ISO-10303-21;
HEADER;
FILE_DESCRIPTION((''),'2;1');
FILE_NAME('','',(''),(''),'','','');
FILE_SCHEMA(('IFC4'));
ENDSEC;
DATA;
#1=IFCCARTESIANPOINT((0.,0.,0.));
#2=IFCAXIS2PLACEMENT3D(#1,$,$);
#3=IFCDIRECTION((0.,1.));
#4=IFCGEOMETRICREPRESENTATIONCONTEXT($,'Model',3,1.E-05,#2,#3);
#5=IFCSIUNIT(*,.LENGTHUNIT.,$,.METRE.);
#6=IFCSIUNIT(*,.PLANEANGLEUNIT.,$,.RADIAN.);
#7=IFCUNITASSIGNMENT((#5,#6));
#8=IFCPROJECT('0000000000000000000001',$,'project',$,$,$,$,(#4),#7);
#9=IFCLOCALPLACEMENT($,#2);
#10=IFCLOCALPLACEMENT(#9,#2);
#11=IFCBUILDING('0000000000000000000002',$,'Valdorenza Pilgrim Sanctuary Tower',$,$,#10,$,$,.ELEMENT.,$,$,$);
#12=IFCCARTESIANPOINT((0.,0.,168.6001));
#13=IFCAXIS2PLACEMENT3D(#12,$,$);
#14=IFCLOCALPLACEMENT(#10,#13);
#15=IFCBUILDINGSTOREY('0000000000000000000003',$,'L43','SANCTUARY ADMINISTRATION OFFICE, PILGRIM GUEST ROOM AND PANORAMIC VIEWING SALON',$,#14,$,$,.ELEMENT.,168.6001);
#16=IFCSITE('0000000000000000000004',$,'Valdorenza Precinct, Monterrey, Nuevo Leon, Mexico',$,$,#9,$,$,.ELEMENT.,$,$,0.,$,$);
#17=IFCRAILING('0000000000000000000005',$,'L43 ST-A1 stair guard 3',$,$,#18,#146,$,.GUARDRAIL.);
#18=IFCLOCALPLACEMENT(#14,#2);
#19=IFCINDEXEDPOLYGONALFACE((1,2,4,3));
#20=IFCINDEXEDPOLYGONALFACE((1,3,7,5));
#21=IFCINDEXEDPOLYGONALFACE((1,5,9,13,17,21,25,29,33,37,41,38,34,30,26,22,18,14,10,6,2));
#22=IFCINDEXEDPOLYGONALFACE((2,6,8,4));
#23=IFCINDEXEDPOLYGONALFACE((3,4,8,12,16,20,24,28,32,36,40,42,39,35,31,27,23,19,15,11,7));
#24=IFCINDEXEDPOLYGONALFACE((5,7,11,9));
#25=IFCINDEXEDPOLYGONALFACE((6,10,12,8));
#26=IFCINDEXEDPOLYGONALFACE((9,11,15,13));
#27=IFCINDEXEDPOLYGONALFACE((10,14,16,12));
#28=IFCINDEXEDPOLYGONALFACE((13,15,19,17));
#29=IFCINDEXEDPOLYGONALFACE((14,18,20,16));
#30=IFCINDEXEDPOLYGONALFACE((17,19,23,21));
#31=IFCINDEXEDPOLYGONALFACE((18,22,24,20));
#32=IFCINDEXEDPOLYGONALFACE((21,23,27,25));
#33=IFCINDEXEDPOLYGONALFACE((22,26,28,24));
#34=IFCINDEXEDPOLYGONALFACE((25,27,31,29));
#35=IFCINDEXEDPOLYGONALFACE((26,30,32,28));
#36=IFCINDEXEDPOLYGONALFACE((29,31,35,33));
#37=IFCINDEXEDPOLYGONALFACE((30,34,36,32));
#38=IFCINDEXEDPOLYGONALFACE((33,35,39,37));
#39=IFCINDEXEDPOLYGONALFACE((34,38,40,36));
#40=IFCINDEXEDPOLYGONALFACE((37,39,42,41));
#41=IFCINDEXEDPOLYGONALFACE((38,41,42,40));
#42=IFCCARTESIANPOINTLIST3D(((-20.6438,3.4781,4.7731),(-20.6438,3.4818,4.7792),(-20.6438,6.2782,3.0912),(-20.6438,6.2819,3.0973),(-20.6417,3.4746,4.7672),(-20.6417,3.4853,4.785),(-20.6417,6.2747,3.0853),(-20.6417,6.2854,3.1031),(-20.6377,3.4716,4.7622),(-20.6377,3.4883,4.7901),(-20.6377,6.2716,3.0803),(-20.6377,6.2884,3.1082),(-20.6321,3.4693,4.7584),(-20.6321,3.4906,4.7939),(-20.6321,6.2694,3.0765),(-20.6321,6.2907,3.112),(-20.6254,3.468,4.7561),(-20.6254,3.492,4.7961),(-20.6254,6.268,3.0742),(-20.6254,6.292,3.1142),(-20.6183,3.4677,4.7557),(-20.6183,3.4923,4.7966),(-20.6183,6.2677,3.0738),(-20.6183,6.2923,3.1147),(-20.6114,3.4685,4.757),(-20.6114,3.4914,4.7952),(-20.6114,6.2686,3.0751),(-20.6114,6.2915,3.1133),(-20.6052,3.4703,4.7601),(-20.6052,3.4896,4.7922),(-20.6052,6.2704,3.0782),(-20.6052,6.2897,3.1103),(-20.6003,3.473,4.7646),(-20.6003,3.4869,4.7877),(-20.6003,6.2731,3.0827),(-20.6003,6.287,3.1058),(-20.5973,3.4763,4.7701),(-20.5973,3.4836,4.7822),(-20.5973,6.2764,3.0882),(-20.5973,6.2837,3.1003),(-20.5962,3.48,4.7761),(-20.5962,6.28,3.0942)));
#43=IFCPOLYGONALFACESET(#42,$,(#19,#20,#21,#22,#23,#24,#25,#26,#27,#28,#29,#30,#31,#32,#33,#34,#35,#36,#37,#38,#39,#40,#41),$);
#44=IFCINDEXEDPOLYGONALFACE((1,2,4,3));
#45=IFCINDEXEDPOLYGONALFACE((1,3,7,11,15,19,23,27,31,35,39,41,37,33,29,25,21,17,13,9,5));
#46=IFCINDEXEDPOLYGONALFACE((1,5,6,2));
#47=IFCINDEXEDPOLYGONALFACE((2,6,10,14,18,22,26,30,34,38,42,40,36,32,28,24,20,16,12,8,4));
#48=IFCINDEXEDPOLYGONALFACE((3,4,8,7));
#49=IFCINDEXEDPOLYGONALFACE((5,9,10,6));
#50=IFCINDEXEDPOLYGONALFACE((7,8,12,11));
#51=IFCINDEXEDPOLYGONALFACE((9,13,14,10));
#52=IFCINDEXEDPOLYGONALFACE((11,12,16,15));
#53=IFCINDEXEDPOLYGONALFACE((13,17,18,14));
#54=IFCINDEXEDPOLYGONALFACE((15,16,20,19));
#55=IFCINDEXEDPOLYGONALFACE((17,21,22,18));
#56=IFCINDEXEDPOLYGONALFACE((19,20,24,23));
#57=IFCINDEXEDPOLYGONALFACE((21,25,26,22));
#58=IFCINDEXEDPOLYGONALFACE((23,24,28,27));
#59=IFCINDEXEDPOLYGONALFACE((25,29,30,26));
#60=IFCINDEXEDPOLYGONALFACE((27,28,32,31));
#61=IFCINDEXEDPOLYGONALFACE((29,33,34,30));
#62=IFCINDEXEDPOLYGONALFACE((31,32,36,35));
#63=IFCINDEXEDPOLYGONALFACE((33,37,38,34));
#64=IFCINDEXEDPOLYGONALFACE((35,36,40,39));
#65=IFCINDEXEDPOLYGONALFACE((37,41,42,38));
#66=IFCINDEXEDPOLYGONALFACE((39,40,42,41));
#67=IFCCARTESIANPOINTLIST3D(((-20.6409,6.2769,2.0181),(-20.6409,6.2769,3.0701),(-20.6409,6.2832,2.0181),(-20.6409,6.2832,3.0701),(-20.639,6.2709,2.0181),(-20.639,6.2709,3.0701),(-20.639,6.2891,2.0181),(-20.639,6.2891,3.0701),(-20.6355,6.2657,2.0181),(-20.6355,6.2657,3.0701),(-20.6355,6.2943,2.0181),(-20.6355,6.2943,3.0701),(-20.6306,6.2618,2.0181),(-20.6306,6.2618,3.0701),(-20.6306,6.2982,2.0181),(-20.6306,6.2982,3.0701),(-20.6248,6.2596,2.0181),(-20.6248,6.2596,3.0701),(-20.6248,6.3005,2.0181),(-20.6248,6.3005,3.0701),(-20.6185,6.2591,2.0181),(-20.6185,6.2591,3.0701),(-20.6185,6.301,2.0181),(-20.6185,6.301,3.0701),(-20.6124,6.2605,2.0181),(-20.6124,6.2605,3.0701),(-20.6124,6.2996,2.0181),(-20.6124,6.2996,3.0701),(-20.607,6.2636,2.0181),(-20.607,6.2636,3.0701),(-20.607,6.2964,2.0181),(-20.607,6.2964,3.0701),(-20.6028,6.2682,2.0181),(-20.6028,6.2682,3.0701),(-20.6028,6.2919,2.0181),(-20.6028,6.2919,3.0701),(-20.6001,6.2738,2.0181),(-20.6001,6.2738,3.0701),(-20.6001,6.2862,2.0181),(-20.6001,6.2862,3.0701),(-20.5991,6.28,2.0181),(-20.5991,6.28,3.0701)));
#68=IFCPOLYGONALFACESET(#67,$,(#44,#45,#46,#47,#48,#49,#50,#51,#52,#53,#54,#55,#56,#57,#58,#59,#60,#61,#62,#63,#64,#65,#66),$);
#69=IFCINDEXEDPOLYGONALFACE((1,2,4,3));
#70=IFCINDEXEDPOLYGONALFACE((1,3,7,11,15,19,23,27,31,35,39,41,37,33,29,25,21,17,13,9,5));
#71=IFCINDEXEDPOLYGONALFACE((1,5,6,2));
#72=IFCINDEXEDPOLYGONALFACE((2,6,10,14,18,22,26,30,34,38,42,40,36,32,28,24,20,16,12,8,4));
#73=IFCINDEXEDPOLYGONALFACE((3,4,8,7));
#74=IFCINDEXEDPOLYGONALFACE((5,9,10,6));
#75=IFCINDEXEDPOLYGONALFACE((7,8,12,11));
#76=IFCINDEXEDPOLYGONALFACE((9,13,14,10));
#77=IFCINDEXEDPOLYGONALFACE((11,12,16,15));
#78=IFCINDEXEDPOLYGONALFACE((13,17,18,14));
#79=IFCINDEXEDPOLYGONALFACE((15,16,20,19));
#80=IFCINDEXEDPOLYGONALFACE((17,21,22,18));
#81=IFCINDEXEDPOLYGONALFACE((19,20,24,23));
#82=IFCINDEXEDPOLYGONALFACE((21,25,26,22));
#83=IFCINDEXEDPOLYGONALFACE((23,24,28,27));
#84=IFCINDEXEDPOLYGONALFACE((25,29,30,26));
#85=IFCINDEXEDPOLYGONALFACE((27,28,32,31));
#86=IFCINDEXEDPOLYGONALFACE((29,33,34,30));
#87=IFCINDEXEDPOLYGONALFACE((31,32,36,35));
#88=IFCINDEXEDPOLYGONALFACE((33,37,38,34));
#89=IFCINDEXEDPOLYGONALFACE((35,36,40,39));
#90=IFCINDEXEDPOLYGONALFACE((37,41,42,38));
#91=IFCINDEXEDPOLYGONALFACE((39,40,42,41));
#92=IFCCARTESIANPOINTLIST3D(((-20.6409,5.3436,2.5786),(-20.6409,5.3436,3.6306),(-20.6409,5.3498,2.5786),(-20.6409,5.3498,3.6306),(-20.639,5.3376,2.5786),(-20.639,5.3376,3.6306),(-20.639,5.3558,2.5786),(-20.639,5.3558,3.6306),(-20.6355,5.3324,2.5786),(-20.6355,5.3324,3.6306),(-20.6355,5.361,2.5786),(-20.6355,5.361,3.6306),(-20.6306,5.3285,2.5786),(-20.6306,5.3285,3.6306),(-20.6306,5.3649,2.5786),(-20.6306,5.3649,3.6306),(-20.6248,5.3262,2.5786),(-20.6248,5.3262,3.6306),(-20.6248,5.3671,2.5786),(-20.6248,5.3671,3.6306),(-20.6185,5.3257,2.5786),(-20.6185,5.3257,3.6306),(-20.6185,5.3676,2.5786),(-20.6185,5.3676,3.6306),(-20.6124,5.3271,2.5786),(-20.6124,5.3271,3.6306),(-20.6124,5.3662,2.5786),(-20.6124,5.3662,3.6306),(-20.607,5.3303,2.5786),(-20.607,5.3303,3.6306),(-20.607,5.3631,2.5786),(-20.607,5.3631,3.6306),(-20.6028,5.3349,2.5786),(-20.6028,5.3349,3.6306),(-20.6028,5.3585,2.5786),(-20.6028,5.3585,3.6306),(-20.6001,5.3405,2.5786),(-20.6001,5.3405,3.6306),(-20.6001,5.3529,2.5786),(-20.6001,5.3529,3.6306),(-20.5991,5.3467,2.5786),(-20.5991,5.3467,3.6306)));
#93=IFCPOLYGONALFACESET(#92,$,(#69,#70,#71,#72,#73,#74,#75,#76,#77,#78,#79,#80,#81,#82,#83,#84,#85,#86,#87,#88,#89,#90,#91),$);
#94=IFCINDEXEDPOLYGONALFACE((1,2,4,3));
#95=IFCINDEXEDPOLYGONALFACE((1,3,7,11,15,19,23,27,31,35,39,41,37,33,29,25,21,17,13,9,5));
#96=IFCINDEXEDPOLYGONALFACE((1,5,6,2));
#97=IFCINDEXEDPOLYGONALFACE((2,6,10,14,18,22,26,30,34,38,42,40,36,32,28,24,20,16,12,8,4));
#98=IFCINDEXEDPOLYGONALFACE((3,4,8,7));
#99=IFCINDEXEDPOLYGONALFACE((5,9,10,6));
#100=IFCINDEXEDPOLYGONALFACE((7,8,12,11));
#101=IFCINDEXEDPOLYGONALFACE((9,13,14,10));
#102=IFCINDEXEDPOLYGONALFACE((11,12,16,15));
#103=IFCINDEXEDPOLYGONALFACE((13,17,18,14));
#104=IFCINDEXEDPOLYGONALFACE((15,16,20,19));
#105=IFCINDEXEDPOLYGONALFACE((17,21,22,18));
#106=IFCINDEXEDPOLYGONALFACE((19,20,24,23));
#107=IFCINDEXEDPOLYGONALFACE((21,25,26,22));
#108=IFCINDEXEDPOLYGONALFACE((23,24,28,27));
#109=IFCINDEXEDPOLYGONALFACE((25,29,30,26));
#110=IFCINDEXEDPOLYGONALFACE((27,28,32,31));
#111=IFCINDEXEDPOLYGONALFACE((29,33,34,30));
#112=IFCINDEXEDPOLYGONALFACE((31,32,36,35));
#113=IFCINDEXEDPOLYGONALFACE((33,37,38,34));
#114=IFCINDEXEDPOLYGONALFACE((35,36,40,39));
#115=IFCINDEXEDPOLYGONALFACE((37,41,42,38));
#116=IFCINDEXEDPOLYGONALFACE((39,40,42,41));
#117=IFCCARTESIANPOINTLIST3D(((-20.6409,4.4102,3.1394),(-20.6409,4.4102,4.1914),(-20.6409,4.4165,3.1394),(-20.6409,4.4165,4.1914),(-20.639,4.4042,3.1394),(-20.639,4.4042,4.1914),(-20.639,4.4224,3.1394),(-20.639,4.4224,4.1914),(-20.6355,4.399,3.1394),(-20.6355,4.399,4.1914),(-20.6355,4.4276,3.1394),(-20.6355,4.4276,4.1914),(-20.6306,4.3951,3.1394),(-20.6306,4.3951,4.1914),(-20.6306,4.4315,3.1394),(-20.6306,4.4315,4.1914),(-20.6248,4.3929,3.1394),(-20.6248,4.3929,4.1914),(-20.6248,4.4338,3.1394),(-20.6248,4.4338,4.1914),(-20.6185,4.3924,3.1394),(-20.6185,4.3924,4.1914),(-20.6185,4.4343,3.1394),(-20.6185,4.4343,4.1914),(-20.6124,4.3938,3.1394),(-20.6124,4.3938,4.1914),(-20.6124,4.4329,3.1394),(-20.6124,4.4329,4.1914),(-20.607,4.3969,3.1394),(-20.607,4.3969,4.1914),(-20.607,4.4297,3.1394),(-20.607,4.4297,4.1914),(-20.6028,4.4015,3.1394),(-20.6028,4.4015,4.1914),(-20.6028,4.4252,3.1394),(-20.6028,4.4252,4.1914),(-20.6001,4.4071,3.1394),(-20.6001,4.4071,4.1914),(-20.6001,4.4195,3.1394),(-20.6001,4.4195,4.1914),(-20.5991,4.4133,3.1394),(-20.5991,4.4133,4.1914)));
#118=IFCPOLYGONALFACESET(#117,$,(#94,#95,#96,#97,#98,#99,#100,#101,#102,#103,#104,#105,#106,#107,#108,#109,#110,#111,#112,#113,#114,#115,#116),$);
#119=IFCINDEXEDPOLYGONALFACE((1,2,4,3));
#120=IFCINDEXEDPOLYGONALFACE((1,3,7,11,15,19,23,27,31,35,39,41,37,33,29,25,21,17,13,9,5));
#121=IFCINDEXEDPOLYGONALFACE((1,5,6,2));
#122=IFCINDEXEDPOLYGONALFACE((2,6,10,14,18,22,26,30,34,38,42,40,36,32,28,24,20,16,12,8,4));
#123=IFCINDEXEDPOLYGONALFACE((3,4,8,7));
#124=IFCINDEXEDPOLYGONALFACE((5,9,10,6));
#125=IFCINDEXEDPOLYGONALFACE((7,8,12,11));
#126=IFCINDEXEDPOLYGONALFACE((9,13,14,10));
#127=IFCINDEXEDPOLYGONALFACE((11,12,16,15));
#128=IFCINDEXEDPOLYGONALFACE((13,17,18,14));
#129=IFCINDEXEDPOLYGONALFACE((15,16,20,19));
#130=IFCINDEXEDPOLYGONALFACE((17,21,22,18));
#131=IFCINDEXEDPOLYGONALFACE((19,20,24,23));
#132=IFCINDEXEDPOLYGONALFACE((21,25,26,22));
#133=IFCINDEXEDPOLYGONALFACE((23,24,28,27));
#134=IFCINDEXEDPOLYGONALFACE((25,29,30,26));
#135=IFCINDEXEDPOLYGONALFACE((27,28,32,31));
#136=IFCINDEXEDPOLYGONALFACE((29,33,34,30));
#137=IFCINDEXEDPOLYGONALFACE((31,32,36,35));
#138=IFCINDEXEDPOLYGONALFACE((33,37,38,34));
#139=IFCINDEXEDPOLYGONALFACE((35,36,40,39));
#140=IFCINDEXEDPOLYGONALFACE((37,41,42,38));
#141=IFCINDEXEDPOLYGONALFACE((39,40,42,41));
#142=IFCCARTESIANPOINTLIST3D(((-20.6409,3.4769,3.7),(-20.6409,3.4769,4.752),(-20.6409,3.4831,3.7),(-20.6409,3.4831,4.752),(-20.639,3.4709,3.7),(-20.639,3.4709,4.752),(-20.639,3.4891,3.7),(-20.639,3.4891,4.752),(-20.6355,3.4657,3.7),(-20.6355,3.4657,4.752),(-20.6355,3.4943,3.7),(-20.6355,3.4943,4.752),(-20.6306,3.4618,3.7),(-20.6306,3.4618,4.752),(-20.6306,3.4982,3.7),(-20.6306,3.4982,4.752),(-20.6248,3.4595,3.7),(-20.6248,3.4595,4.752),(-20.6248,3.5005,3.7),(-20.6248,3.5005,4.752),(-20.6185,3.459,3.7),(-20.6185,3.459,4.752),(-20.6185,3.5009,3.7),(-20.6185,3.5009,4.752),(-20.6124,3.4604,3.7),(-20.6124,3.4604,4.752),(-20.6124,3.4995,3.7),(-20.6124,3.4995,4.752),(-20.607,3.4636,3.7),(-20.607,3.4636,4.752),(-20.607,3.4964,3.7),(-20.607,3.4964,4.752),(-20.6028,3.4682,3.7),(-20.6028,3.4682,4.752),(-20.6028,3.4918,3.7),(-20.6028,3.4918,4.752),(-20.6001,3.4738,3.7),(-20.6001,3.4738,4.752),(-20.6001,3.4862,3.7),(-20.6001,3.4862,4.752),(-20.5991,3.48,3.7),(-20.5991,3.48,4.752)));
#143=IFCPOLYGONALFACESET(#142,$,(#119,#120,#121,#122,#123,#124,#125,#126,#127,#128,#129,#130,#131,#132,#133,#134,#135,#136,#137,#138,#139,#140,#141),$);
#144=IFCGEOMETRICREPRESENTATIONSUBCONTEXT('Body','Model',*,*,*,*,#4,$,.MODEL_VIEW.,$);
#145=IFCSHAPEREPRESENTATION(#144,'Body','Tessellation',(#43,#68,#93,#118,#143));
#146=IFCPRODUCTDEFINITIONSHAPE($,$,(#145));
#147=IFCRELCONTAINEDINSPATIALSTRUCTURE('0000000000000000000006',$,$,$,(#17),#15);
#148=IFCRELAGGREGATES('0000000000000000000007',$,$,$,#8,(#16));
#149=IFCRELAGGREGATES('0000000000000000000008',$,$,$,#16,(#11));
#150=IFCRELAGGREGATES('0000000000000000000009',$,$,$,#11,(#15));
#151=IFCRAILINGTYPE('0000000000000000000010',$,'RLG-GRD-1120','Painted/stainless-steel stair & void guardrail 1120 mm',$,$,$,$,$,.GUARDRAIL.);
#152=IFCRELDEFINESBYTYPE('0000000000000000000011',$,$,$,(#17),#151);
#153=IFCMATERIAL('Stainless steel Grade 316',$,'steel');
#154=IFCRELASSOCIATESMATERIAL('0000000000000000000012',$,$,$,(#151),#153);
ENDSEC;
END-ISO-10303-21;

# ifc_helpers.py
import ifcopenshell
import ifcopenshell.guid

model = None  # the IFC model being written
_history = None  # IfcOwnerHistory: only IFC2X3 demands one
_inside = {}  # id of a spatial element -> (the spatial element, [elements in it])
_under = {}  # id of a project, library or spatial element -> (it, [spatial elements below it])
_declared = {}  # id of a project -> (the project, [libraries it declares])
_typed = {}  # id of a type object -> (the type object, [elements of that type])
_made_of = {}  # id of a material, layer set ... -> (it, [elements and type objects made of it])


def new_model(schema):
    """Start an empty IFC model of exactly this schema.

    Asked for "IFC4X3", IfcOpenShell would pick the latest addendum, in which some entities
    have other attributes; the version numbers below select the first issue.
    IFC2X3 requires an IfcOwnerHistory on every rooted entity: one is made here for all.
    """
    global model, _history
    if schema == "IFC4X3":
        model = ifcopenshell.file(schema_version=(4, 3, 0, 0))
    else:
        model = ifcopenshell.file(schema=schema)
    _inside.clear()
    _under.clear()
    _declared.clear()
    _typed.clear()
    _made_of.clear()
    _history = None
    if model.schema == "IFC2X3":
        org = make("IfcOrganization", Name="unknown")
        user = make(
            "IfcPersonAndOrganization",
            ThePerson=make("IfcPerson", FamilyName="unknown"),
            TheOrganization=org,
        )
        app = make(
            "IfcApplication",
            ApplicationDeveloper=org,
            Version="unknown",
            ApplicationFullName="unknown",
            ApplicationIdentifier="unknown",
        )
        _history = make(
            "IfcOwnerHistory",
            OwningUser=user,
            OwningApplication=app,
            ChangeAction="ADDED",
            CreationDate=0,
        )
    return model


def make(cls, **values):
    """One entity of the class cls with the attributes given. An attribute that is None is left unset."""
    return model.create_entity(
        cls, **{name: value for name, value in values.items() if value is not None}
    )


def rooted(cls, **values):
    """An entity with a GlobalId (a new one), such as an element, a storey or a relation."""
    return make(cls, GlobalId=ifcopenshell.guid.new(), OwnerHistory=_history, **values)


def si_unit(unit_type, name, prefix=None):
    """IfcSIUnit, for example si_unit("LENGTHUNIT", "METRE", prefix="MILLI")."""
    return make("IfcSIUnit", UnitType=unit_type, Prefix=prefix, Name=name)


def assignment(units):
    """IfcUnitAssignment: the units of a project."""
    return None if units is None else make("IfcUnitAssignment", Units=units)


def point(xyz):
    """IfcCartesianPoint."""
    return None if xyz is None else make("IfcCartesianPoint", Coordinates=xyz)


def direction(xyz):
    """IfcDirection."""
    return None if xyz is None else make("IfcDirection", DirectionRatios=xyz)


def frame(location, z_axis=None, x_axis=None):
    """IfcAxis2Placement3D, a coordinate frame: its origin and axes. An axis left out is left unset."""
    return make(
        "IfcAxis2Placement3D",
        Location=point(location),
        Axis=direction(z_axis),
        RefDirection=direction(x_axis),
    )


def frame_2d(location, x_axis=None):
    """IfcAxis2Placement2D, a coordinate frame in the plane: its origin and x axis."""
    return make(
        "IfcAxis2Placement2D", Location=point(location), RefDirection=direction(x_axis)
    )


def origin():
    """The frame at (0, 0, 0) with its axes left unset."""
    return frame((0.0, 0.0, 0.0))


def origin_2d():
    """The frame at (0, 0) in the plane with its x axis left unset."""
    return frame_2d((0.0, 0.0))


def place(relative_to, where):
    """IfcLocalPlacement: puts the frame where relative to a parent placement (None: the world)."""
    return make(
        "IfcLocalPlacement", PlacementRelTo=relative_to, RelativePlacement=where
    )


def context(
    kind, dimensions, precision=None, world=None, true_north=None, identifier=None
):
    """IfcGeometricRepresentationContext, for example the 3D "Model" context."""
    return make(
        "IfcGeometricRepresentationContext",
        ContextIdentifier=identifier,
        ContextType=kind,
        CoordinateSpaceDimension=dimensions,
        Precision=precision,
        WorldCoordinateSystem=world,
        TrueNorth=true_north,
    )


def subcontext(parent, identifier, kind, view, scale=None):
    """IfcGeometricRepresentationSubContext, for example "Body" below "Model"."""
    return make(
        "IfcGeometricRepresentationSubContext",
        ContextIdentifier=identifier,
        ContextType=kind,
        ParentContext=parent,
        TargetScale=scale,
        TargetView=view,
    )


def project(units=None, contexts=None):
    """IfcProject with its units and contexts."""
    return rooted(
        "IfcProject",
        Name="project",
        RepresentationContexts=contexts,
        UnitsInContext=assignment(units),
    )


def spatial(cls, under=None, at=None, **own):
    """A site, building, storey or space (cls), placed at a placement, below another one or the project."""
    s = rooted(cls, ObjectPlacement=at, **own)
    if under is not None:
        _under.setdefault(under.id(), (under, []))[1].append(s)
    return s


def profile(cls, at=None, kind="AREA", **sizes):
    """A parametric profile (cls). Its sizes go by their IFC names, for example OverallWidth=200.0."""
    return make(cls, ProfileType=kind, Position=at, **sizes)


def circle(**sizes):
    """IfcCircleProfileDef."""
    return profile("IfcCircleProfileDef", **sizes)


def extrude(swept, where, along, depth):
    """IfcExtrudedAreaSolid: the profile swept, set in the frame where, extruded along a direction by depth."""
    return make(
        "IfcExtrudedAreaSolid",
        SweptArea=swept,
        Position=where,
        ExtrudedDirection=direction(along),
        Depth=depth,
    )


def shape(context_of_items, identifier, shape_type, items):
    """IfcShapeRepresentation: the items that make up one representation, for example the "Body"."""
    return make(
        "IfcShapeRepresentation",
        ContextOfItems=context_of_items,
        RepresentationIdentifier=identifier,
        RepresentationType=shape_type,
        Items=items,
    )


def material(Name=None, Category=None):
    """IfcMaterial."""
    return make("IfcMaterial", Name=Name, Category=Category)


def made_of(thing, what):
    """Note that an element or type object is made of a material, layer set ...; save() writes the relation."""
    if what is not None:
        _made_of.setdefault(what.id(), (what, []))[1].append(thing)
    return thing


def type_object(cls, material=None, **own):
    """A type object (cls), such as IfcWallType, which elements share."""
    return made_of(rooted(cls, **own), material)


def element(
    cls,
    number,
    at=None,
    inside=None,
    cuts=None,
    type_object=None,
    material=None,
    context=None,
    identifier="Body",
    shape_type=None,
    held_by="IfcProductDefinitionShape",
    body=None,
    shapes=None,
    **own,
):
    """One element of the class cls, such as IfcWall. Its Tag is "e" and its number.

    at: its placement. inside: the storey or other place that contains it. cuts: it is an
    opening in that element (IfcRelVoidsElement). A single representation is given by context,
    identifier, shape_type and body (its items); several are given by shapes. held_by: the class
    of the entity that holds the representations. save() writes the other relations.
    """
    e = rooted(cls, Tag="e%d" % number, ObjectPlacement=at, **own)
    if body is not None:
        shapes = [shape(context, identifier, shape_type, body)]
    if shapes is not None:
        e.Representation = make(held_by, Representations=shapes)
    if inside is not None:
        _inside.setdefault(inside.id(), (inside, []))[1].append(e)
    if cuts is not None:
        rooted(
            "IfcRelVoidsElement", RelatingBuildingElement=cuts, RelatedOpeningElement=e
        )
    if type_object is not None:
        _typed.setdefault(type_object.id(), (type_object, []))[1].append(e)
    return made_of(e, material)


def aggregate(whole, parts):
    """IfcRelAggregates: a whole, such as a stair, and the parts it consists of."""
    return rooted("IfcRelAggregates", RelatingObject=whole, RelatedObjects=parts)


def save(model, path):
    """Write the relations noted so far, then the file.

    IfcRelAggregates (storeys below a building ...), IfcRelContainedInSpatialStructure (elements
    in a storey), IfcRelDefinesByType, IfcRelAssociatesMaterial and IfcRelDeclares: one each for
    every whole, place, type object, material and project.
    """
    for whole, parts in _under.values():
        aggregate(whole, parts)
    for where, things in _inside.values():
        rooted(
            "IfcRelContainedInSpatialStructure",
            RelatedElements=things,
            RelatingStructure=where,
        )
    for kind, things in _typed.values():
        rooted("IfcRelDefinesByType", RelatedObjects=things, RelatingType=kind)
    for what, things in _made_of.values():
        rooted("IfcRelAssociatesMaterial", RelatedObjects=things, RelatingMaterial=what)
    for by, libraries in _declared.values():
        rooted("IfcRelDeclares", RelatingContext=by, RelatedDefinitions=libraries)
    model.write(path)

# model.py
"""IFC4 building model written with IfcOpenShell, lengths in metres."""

from ifc_helpers import new_model, si_unit, direction, frame, origin, origin_2d, place, context, subcontext, project, spatial, circle, extrude, material, type_object, element, save


model = new_model("IFC4")

# Units and contexts
model_context = context("Model", 3, precision=1e-05, world=origin(), true_north=direction((0.0, 1.0)))
body_context = subcontext(model_context, "Body", "Model", "MODEL_VIEW")
ifc_project = project(units=[si_unit("LENGTHUNIT", "METRE"), si_unit("PLANEANGLEUNIT", "RADIAN")], contexts=[model_context])

# Site, building, storey
site_placement = place(None, origin())
site = spatial("IfcSite", under=ifc_project, at=site_placement, Name="Valdorenza Precinct, Monterrey, Nuevo Leon, Mexico", CompositionType="ELEMENT", RefElevation=0.0)
building_placement = place(site_placement, origin())
building = spatial("IfcBuilding", under=site, at=building_placement, Name="Valdorenza Pilgrim Sanctuary Tower", CompositionType="ELEMENT")
storey_placement = place(building_placement, frame((0.0, 0.0, 168.6001)))
storey = spatial("IfcBuildingStorey", under=building, at=storey_placement, Name="L43", Description="SANCTUARY ADMINISTRATION OFFICE, PILGRIM GUEST ROOM AND PANORAMIC VIEWING SALON", CompositionType="ELEMENT", Elevation=168.6001)

# Railing
ifc_material_1 = material(Name="Stainless steel Grade 316", Category="steel")
railing_type_1 = type_object("IfcRailingType", Name="RLG-GRD-1120", Description="Painted/stainless-steel stair & void guardrail 1120 mm", PredefinedType="GUARDRAIL", material=ifc_material_1)
railing_1_placement = place(storey_placement, frame((-20.6201, 6.28, 2.0181)))
element("IfcRailing", 1, at=railing_1_placement, inside=storey, type_object=railing_type_1, Name="L43 ST-A1 stair guard 3", PredefinedType="GUARDRAIL", context=body_context, shape_type="SweptSolid", body=[
    extrude(circle(Radius=0.0239, at=origin_2d()), frame((0.0, 0.0, 1.0762), z_axis=(0.0, -0.857242, 0.514913), x_axis=(1.0, 0.0, 0.0)), (0.0, 0.0, 1.0), 3.2664),
    extrude(circle(Radius=0.021, at=origin_2d()), origin(), (0.0, 0.0, 1.0), 1.052),
    extrude(circle(Radius=0.021, at=origin_2d()), frame((0.0, -0.9333, 0.5605)), (0.0, 0.0, 1.0), 1.052),
    extrude(circle(Radius=0.021, at=origin_2d()), frame((0.0, -1.8667, 1.1213)), (0.0, 0.0, 1.0), 1.052),
    extrude(circle(Radius=0.021, at=origin_2d()), frame((0.0, -2.8, 1.6819)), (0.0, 0.0, 1.0), 1.052),
])

save(model, "model.ifc")
